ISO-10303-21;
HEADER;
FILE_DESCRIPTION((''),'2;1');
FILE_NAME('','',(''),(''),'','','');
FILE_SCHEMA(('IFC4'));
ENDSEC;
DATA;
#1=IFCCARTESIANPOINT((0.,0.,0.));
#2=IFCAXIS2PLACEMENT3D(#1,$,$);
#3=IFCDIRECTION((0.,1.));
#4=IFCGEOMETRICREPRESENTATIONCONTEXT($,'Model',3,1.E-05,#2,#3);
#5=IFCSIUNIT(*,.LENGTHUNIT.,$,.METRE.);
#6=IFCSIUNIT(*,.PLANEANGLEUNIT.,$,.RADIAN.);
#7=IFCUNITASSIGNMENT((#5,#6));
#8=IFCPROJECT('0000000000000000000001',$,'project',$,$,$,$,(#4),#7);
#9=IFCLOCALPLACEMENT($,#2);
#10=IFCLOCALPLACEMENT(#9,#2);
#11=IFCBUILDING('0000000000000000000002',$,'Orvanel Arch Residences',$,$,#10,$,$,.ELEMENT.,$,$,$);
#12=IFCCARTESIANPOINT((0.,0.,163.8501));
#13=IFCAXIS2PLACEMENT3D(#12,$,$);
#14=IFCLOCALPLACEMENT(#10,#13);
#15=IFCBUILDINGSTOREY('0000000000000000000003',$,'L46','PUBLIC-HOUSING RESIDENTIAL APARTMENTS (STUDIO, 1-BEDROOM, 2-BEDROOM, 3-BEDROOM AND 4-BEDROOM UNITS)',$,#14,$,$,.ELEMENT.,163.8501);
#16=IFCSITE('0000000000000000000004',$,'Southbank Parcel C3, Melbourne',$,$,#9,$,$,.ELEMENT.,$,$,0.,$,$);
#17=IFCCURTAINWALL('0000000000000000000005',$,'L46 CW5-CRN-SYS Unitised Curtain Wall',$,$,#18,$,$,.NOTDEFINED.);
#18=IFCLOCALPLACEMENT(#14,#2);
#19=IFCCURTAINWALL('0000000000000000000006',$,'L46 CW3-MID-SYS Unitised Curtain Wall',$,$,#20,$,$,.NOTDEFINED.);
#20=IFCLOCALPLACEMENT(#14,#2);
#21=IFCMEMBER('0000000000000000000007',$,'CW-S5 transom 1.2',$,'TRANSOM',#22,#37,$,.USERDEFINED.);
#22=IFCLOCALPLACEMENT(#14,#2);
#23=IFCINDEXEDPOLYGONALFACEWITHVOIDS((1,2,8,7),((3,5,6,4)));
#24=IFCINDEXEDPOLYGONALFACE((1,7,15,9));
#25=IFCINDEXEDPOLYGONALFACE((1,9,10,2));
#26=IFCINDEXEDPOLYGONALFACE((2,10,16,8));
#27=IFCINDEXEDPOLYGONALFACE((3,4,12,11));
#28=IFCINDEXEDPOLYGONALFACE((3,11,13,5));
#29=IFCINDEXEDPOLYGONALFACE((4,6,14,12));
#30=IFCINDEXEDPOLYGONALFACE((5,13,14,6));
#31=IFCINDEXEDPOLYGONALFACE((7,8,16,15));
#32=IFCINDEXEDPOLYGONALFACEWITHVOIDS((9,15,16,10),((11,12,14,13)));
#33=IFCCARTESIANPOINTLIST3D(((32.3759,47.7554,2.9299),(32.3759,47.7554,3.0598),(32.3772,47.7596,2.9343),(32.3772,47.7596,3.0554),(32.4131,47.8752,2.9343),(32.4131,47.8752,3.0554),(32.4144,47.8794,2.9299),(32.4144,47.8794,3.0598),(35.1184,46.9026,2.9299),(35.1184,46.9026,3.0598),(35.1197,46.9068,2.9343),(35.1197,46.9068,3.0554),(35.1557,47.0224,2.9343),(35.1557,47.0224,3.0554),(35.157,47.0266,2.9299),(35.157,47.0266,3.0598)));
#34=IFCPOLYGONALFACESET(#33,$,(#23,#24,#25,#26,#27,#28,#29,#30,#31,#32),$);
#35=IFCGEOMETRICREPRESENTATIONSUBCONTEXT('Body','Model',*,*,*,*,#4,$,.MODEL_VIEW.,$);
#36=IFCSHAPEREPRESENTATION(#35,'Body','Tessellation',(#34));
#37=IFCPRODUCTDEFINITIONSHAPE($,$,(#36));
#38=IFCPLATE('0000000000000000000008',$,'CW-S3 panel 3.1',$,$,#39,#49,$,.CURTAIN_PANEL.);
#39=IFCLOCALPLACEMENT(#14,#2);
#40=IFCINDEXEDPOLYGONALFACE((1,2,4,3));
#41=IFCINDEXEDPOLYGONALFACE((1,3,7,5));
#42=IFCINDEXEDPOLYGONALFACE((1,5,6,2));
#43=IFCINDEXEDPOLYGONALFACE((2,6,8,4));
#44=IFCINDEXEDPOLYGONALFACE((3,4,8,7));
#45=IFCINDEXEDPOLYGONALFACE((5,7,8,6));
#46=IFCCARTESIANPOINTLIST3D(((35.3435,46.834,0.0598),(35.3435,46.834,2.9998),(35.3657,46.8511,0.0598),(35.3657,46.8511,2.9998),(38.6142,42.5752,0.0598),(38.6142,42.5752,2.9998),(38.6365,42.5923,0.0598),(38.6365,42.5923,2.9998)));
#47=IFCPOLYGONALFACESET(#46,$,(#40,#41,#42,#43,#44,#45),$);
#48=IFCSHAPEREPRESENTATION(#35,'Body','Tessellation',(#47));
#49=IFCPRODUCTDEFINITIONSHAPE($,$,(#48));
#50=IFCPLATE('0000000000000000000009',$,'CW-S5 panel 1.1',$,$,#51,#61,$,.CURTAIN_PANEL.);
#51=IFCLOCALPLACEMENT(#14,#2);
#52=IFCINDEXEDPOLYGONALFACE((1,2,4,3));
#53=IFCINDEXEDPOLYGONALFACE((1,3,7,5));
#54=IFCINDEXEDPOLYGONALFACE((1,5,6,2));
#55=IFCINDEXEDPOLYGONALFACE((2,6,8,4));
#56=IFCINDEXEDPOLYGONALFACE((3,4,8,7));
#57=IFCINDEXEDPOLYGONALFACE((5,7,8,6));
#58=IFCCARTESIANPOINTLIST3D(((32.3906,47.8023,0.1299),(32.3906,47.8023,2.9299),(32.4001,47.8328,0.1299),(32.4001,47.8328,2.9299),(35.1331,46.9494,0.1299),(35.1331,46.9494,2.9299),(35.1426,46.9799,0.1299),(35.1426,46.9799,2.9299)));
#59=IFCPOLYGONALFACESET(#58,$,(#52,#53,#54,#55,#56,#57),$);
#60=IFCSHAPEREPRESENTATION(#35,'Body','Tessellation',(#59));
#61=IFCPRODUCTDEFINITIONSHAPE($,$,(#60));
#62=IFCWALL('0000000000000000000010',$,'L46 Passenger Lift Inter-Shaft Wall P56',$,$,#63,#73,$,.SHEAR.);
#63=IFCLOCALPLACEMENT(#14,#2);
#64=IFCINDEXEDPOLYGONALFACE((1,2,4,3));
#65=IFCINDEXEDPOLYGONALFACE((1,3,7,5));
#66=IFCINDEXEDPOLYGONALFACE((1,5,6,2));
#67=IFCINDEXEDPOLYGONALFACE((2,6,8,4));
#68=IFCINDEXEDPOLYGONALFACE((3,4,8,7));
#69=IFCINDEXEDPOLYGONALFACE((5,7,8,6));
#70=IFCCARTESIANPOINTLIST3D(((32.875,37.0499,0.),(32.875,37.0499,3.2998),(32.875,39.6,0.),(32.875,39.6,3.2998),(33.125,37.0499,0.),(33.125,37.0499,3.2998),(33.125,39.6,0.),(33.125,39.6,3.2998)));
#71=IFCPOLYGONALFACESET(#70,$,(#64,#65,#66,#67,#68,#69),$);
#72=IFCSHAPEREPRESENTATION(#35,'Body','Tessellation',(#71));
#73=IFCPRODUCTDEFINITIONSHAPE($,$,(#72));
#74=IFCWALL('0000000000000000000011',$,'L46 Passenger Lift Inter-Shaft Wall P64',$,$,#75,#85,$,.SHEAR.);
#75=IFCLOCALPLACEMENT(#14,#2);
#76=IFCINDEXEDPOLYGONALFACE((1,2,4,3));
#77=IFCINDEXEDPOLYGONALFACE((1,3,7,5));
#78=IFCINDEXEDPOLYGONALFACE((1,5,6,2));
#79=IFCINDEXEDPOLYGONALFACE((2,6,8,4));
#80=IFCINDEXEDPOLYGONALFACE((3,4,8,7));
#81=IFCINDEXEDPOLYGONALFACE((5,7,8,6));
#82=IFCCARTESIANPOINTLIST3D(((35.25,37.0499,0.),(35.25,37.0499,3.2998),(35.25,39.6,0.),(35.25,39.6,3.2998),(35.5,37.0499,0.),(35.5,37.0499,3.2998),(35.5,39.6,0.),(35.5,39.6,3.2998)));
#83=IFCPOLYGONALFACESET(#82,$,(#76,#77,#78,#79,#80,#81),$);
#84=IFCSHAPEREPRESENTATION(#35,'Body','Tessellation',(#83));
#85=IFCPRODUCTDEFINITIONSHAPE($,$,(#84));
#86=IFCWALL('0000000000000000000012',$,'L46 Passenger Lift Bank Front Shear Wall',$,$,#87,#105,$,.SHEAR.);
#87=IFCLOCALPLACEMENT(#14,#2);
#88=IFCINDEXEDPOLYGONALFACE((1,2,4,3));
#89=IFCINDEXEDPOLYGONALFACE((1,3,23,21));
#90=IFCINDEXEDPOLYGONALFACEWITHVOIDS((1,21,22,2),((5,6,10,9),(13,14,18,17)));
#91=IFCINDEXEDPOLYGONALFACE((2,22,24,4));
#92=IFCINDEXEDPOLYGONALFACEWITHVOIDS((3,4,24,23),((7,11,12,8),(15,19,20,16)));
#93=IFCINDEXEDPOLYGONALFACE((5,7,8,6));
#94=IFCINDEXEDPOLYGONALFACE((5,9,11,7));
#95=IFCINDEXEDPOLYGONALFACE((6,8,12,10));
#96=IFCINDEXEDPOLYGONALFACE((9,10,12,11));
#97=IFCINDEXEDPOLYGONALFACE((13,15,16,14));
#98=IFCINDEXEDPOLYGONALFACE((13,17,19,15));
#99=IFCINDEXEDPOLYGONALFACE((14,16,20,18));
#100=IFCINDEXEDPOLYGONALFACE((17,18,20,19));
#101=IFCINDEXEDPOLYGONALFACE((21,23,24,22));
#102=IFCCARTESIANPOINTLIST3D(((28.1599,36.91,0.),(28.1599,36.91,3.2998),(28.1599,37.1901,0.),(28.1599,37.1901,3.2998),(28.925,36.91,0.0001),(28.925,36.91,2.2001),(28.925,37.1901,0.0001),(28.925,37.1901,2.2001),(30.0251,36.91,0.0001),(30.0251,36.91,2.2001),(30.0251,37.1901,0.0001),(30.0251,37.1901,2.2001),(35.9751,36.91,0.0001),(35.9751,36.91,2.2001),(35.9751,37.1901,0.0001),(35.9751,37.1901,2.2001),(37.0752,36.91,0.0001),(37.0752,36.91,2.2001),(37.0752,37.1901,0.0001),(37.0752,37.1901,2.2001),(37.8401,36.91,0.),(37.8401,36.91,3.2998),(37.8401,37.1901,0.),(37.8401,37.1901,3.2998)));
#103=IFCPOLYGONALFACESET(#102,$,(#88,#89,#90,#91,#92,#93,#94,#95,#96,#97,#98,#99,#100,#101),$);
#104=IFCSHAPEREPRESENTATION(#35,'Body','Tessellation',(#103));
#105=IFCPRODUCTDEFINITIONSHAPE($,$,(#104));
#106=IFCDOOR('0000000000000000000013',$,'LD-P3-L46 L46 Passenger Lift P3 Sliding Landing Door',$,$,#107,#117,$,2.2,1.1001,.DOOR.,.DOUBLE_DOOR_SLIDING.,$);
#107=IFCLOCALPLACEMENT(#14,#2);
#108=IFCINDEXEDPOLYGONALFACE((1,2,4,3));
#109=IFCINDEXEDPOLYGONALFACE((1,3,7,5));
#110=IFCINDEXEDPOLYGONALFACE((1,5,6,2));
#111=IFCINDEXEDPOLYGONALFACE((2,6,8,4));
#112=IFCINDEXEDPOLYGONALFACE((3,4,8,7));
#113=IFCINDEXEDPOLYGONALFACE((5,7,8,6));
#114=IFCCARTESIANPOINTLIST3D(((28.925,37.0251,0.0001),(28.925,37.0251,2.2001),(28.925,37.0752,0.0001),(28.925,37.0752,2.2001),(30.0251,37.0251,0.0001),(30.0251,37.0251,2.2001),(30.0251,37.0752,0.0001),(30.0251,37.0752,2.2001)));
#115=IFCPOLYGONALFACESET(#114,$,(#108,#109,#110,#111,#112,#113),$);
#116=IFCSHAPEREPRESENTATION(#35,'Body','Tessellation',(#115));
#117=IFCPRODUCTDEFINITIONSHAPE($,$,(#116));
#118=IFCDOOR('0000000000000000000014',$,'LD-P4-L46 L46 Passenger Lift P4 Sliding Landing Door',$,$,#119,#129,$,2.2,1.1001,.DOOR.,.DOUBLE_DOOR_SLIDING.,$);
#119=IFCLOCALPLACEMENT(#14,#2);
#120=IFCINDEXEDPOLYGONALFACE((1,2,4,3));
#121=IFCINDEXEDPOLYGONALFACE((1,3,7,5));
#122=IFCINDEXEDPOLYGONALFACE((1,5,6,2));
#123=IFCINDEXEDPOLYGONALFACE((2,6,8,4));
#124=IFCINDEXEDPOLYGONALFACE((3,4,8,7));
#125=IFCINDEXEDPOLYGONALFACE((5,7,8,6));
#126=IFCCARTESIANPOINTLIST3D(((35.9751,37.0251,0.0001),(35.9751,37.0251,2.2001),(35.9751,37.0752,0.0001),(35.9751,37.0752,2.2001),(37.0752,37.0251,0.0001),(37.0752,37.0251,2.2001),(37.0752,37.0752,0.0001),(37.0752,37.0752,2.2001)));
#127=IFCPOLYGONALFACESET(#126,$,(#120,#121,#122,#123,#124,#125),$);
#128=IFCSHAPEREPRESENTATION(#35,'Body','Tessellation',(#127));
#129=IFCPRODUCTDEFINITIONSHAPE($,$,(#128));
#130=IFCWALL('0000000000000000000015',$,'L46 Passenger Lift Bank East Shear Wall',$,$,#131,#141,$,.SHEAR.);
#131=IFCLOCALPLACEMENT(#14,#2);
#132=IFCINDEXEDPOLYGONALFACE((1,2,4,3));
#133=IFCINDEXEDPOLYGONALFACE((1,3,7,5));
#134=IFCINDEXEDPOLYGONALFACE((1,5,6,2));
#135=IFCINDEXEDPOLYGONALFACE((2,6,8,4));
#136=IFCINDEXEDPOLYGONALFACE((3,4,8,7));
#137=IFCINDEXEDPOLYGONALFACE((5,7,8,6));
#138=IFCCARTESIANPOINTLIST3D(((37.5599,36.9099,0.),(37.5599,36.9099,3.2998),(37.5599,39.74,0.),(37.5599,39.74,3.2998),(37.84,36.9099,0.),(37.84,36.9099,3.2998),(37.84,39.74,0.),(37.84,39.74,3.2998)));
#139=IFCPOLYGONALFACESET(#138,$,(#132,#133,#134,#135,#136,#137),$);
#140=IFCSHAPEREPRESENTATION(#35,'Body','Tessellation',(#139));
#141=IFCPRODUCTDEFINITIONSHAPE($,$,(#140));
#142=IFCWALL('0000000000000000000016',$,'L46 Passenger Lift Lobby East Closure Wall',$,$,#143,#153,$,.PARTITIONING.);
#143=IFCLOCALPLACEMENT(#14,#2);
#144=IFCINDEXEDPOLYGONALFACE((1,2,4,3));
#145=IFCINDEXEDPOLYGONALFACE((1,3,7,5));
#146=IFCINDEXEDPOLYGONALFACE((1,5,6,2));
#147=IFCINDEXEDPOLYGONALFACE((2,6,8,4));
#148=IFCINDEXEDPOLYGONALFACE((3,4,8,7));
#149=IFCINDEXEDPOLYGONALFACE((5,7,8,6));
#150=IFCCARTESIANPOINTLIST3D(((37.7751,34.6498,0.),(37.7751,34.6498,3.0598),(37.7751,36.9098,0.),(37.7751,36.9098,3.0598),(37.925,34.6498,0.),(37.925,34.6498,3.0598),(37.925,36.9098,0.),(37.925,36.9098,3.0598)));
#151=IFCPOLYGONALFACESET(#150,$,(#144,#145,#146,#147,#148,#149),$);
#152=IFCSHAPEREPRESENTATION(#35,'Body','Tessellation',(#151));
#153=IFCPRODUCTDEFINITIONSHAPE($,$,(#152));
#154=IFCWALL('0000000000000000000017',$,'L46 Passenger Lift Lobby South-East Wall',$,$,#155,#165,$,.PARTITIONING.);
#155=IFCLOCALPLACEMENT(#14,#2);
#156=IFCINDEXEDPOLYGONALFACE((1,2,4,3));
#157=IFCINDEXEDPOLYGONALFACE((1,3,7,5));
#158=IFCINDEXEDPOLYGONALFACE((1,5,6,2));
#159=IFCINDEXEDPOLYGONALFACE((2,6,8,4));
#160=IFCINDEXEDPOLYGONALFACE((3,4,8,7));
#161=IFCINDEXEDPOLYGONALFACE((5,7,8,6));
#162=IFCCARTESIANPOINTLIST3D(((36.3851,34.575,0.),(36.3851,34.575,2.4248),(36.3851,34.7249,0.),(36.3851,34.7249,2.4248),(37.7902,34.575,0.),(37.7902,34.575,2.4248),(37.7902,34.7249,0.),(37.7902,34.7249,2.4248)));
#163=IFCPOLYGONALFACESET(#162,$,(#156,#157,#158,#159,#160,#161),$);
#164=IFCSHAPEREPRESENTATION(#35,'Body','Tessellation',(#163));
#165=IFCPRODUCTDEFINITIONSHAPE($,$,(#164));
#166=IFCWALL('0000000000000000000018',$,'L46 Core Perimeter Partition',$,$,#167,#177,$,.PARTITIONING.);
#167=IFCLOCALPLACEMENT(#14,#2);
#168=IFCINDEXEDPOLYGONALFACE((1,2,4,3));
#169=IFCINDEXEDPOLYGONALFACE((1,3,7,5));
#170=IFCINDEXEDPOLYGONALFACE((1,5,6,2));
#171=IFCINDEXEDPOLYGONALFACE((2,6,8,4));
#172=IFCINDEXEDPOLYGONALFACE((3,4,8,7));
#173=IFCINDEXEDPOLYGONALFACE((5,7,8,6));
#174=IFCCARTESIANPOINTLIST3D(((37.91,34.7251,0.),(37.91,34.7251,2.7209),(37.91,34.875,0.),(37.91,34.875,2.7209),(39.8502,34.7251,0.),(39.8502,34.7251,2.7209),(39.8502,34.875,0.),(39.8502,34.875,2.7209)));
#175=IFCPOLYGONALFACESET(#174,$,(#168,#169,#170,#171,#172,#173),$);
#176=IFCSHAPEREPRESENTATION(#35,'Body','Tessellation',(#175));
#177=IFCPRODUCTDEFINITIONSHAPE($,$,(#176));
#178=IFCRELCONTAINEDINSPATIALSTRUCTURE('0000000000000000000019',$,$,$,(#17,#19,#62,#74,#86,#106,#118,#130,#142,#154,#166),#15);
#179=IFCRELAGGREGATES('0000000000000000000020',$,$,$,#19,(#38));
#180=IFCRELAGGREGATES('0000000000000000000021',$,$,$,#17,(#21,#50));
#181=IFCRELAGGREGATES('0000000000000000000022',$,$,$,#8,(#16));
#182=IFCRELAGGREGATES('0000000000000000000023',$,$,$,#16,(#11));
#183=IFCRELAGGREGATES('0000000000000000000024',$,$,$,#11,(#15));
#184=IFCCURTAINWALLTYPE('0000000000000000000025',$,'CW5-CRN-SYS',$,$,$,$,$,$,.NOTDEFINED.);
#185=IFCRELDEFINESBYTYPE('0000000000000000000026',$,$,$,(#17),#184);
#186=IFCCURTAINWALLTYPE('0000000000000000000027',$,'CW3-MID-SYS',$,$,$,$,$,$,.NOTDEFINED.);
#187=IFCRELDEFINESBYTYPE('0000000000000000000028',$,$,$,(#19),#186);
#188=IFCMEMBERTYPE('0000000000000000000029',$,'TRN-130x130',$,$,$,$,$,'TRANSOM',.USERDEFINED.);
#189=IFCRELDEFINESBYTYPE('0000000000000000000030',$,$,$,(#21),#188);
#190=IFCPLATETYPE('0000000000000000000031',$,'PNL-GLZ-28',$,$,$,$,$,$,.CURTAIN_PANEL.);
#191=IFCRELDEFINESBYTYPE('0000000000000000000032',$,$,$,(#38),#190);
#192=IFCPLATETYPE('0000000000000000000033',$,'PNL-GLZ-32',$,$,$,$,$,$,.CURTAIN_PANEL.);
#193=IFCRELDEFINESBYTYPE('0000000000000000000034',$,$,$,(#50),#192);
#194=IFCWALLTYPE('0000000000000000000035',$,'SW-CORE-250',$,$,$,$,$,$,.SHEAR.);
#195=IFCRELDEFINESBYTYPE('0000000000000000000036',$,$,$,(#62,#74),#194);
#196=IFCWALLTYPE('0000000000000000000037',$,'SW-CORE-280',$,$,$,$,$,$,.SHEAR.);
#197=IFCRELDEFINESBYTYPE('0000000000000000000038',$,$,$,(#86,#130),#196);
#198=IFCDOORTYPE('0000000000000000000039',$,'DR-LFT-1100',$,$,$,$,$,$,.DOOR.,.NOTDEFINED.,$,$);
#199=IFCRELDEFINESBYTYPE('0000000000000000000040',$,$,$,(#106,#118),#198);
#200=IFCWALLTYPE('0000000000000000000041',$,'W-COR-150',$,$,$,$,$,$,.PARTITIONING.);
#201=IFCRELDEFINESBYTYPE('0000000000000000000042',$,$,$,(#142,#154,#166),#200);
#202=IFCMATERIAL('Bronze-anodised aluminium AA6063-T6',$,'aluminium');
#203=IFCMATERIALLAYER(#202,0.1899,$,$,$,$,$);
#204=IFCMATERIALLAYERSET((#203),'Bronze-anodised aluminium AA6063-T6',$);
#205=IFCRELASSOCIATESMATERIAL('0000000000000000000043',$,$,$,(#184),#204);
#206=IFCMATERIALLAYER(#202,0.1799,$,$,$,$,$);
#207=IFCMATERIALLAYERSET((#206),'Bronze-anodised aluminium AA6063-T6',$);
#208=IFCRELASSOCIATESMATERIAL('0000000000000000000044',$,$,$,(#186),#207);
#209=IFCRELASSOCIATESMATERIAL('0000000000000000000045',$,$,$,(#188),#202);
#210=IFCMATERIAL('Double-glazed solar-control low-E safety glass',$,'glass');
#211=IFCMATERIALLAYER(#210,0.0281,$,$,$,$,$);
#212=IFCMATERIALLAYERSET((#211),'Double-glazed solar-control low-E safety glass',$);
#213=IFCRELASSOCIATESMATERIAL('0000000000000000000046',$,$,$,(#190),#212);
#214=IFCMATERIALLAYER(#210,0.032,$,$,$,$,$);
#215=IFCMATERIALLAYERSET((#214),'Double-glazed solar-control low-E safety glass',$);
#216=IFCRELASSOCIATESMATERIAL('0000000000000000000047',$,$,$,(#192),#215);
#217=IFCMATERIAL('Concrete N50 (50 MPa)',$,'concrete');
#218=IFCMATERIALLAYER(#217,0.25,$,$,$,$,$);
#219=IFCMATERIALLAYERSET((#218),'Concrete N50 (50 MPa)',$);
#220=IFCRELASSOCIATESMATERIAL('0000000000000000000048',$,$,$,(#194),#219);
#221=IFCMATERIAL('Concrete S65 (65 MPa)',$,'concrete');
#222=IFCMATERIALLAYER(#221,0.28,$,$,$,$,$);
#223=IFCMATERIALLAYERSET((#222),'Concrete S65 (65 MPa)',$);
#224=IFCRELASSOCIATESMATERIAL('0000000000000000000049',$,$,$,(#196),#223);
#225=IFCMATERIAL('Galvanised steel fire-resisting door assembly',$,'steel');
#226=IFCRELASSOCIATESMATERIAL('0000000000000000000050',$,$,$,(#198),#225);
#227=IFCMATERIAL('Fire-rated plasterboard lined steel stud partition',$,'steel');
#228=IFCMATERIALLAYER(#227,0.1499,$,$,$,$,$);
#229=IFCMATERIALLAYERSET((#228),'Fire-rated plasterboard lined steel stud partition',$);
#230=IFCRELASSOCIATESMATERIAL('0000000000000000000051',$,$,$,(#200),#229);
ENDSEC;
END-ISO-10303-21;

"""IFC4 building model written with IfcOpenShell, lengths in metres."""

from ifc_helpers import new_model, si_unit, direction, frame, frame_2d, origin, origin_2d, place, context, subcontext, project, spatial, rectangle, hollow_rectangle, extrude, material, layer, layer_set, material_profile, profile_set, type_object, element, fill, aggregate, save


model = new_model("IFC4")

# Units and contexts
model_context = context("Model", 3, precision=1e-05, world=origin(), true_north=direction((0.0, 1.0)))
body_context = subcontext(model_context, "Body", "Model", "MODEL_VIEW")
ifc_project = project(units=[si_unit("LENGTHUNIT", "METRE"), si_unit("PLANEANGLEUNIT", "RADIAN")], contexts=[model_context])

# Site, building, storey
site_placement = place(None, origin())
site = spatial("IfcSite", under=ifc_project, at=site_placement, Name="Southbank Parcel C3, Melbourne", CompositionType="ELEMENT", RefElevation=0.0)
building_placement = place(site_placement, origin())
building = spatial("IfcBuilding", under=site, at=building_placement, Name="Orvanel Arch Residences", CompositionType="ELEMENT")
storey_placement = place(building_placement, frame((0.0, 0.0, 163.8501)))
storey = spatial("IfcBuildingStorey", under=building, at=storey_placement, Name="L46", Description="PUBLIC-HOUSING RESIDENTIAL APARTMENTS (STUDIO, 1-BEDROOM, 2-BEDROOM, 3-BEDROOM AND 4-BEDROOM UNITS)", CompositionType="ELEMENT", Elevation=163.8501)

# Curtain walls
ifc_material_1 = material(Name="Bronze-anodised aluminium AA6063-T6", Category="aluminium")
ifc_layer_1 = layer(ifc_material_1, 0.1899)
ifc_layer_set_1 = layer_set([ifc_layer_1], Name="Bronze-anodised aluminium AA6063-T6")
curtain_wall_type_1 = type_object("IfcCurtainWallType", Name="CW5-CRN-SYS", PredefinedType="NOTDEFINED", material=ifc_layer_set_1)
curtain_wall_1_placement = place(storey_placement, origin())
curtain_wall_1 = element("IfcCurtainWall", 1, at=curtain_wall_1_placement, inside=storey, type_object=curtain_wall_type_1, Name="L46 CW5-CRN-SYS Unitised Curtain Wall", PredefinedType="NOTDEFINED")
ifc_layer_2 = layer(ifc_material_1, 0.1799)
ifc_layer_set_2 = layer_set([ifc_layer_2], Name="Bronze-anodised aluminium AA6063-T6")
curtain_wall_type_2 = type_object("IfcCurtainWallType", Name="CW3-MID-SYS", PredefinedType="NOTDEFINED", material=ifc_layer_set_2)
curtain_wall_2_placement = place(storey_placement, origin())
curtain_wall_2 = element("IfcCurtainWall", 2, at=curtain_wall_2_placement, inside=storey, type_object=curtain_wall_type_2, Name="L46 CW3-MID-SYS Unitised Curtain Wall", PredefinedType="NOTDEFINED")

# Member
ifc_material_profile_1 = material_profile(ifc_material_1, hollow_rectangle(XDim=0.1299, YDim=0.1299, WallThickness=0.0044, at=origin_2d()), Name="ALU130x130x4.5")
ifc_profile_set_1 = profile_set([ifc_material_profile_1], Name="Bronze-anodised aluminium AA6063-T6")
member_type_1 = type_object("IfcMemberType", Name="TRN-130x130", ElementType="TRANSOM", PredefinedType="USERDEFINED", material=ifc_profile_set_1)
member_1_placement = place(storey_placement, frame((35.1377, 46.9646, 2.9949), z_axis=(-0.954898, 0.296934, 0.0), x_axis=(-0.296934, -0.954898, 0.0)))
member_1 = element("IfcMember", 3, at=member_1_placement, type_object=member_type_1, Name="CW-S5 transom 1.2", ObjectType="TRANSOM", PredefinedType="USERDEFINED", context=body_context, shape_type="SweptSolid", body=[
    extrude(hollow_rectangle(XDim=0.1299, YDim=0.1299, WallThickness=0.0044, at=origin_2d()), origin(), (0.0, 0.0, 1.0), 2.8721),
])

# Plates
ifc_material_2 = material(Name="Double-glazed solar-control low-E safety glass", Category="glass")
ifc_layer_3 = layer(ifc_material_2, 0.0281)
ifc_layer_set_3 = layer_set([ifc_layer_3], Name="Double-glazed solar-control low-E safety glass")
plate_type_1 = type_object("IfcPlateType", Name="PNL-GLZ-28", PredefinedType="CURTAIN_PANEL", material=ifc_layer_set_3)
plate_1_placement = place(storey_placement, frame((36.99, 44.7131, 0.0598), z_axis=(0.0, 0.0, 1.0), x_axis=(-0.609099, 0.793095, 0.0)))
plate_1 = element("IfcPlate", 4, at=plate_1_placement, type_object=plate_type_1, Name="CW-S3 panel 3.1", PredefinedType="CURTAIN_PANEL", context=body_context, shape_type="SweptSolid", body=[
    extrude(rectangle(XDim=5.3699, YDim=0.0281, at=origin_2d()), origin(), (0.0, 0.0, 1.0), 2.9399),
])
aggregate(curtain_wall_2, [plate_1])
ifc_layer_4 = layer(ifc_material_2, 0.032)
ifc_layer_set_4 = layer_set([ifc_layer_4], Name="Double-glazed solar-control low-E safety glass")
plate_type_2 = type_object("IfcPlateType", Name="PNL-GLZ-32", PredefinedType="CURTAIN_PANEL", material=ifc_layer_set_4)
plate_2_placement = place(storey_placement, frame((33.7666, 47.3911, 0.1299), z_axis=(0.0, 0.0, 1.0), x_axis=(-0.954889, 0.296964, 0.0)))
plate_2 = element("IfcPlate", 5, at=plate_2_placement, type_object=plate_type_2, Name="CW-S5 panel 1.1", PredefinedType="CURTAIN_PANEL", context=body_context, shape_type="SweptSolid", body=[
    extrude(rectangle(XDim=2.8721, YDim=0.032, at=origin_2d()), origin(), (0.0, 0.0, 1.0), 2.8),
])
aggregate(curtain_wall_1, [member_1, plate_2])

# Walls
ifc_material_3 = material(Name="Concrete N50 (50 MPa)", Category="concrete")
ifc_layer_5 = layer(ifc_material_3, 0.25)
ifc_layer_set_5 = layer_set([ifc_layer_5], Name="Concrete N50 (50 MPa)")
wall_type_1 = type_object("IfcWallType", Name="SW-CORE-250", PredefinedType="SHEAR", material=ifc_layer_set_5)
for number, where, z_axis, x_axis, name in (
    (6, (33.0, 37.05, 0.0), (0.0, 0.0, 1.0), (0.0, 1.0, 0.0), "L46 Passenger Lift Inter-Shaft Wall P56"),
    (7, (35.375, 37.05, 0.0), (0.0, 0.0, 1.0), (0.0, 1.0, 0.0), "L46 Passenger Lift Inter-Shaft Wall P64"),
):
    element("IfcWall", number, at=place(storey_placement, frame(where, z_axis=z_axis, x_axis=x_axis)), inside=storey, type_object=wall_type_1, Name=name, PredefinedType="SHEAR", context=body_context, shape_type="SweptSolid", body=[
        extrude(rectangle(XDim=2.55, YDim=0.25, at=frame_2d((1.2749, 0.0))), origin(), (0.0, 0.0, 1.0), 3.2998),
    ])

# Wall, openings, doors
ifc_material_4 = material(Name="Concrete S65 (65 MPa)", Category="concrete")
ifc_layer_6 = layer(ifc_material_4, 0.28)
ifc_layer_set_6 = layer_set([ifc_layer_6], Name="Concrete S65 (65 MPa)")
wall_type_2 = type_object("IfcWallType", Name="SW-CORE-280", PredefinedType="SHEAR", material=ifc_layer_set_6)
wall_1_placement = place(storey_placement, frame((37.8401, 37.05, 0.0), z_axis=(0.0, 0.0, 1.0), x_axis=(-1.0, 0.0, 0.0)))
wall_1 = element("IfcWall", 8, at=wall_1_placement, inside=storey, type_object=wall_type_2, Name="L46 Passenger Lift Bank Front Shear Wall", PredefinedType="SHEAR", context=body_context, shape_type="SweptSolid", body=[
    extrude(rectangle(XDim=9.6802, YDim=0.28, at=frame_2d((4.8401, 0.0))), origin(), (0.0, 0.0, 1.0), 3.2998),
])
opening_1_placement = place(wall_1_placement, frame((7.8149, 0.0, 0.0)))
opening_1 = element("IfcOpeningElement", 9, at=opening_1_placement, cuts=wall_1, PredefinedType="OPENING", context=body_context, shape_type="SweptSolid", body=[
    extrude(rectangle(XDim=1.1001, YDim=2.2, at=frame_2d((0.55, 1.1001))), frame((0.0, 0.1499, 0.0), z_axis=(0.0, -1.0, 0.0), x_axis=(1.0, 0.0, 0.0)), (0.0, 0.0, 1.0), 0.3),
])
opening_2_placement = place(wall_1_placement, frame((0.7649, 0.0, 0.0)))
opening_2 = element("IfcOpeningElement", 10, at=opening_2_placement, cuts=wall_1, PredefinedType="OPENING", context=body_context, shape_type="SweptSolid", body=[
    extrude(rectangle(XDim=1.1001, YDim=2.2, at=frame_2d((0.55, 1.1001))), frame((0.0, 0.1499, 0.0), z_axis=(0.0, -1.0, 0.0), x_axis=(1.0, 0.0, 0.0)), (0.0, 0.0, 1.0), 0.3),
])
ifc_material_5 = material(Name="Galvanised steel fire-resisting door assembly", Category="steel")
door_type = type_object("IfcDoorType", Name="DR-LFT-1100", OperationType="NOTDEFINED", PredefinedType="DOOR", material=ifc_material_5)
door_1_placement = place(opening_1_placement, origin())
door_1 = element("IfcDoor", 11, at=door_1_placement, inside=storey, type_object=door_type, Name="LD-P3-L46 L46 Passenger Lift P3 Sliding Landing Door", OperationType="DOUBLE_DOOR_SLIDING", OverallHeight=2.2, OverallWidth=1.1001, PredefinedType="DOOR", context=body_context, shape_type="SweptSolid", body=[
    extrude(rectangle(XDim=1.1001, YDim=2.2, at=frame_2d((0.55, 1.1001))), frame((0.0, 0.0249, 0.0), z_axis=(0.0, -1.0, 0.0), x_axis=(1.0, 0.0, 0.0)), (0.0, 0.0, 1.0), 0.05),
])
fill(opening_1, door_1)
door_2_placement = place(opening_2_placement, origin())
door_2 = element("IfcDoor", 12, at=door_2_placement, inside=storey, type_object=door_type, Name="LD-P4-L46 L46 Passenger Lift P4 Sliding Landing Door", OperationType="DOUBLE_DOOR_SLIDING", OverallHeight=2.2, OverallWidth=1.1001, PredefinedType="DOOR", context=body_context, shape_type="SweptSolid", body=[
    extrude(rectangle(XDim=1.1001, YDim=2.2, at=frame_2d((0.55, 1.1001))), frame((0.0, 0.0249, 0.0), z_axis=(0.0, -1.0, 0.0), x_axis=(1.0, 0.0, 0.0)), (0.0, 0.0, 1.0), 0.05),
])
fill(opening_2, door_2)

# Walls
wall_2_placement = place(storey_placement, frame((37.7, 36.9099, 0.0), z_axis=(0.0, 0.0, 1.0), x_axis=(0.0, 1.0, 0.0)))
element("IfcWall", 13, at=wall_2_placement, inside=storey, type_object=wall_type_2, Name="L46 Passenger Lift Bank East Shear Wall", PredefinedType="SHEAR", context=body_context, shape_type="SweptSolid", body=[
    extrude(rectangle(XDim=2.8301, YDim=0.28, at=frame_2d((1.415, 0.0))), origin(), (0.0, 0.0, 1.0), 3.2998),
])
ifc_material_6 = material(Name="Fire-rated plasterboard lined steel stud partition", Category="steel")
ifc_layer_7 = layer(ifc_material_6, 0.1499)
ifc_layer_set_7 = layer_set([ifc_layer_7], Name="Fire-rated plasterboard lined steel stud partition")
wall_type_3 = type_object("IfcWallType", Name="W-COR-150", PredefinedType="PARTITIONING", material=ifc_layer_set_7)
wall_3_placement = place(storey_placement, frame((37.8501, 34.6499, 0.0), z_axis=(0.0, 0.0, 1.0), x_axis=(0.0, 1.0, 0.0)))
element("IfcWall", 14, at=wall_3_placement, inside=storey, type_object=wall_type_3, Name="L46 Passenger Lift Lobby East Closure Wall", PredefinedType="PARTITIONING", context=body_context, shape_type="SweptSolid", body=[
    extrude(rectangle(XDim=2.26, YDim=0.1499, at=frame_2d((1.1299, 0.0))), origin(), (0.0, 0.0, 1.0), 3.0598),
])
wall_4_placement = place(storey_placement, frame((36.385, 34.6499, 0.0), z_axis=(0.0, 0.0, 1.0), x_axis=(1.0, 0.0, 0.0)))
element("IfcWall", 15, at=wall_4_placement, inside=storey, type_object=wall_type_3, Name="L46 Passenger Lift Lobby South-East Wall", PredefinedType="PARTITIONING", context=body_context, shape_type="SweptSolid", body=[
    extrude(rectangle(XDim=1.405, YDim=0.1499, at=frame_2d((0.7026, 0.0))), origin(), (0.0, 0.0, 1.0), 2.4248),
])
wall_5_placement = place(storey_placement, frame((37.9099, 34.8, 0.0), z_axis=(0.0, 0.0, 1.0), x_axis=(1.0, 0.0, 0.0)))
element("IfcWall", 16, at=wall_5_placement, inside=storey, type_object=wall_type_3, Name="L46 Core Perimeter Partition", PredefinedType="PARTITIONING", context=body_context, shape_type="SweptSolid", body=[
    extrude(rectangle(XDim=1.9402, YDim=0.1499, at=frame_2d((0.9702, 0.0))), origin(), (0.0, 0.0, 1.0), 2.7209),
])

save(model, "model.ifc")
